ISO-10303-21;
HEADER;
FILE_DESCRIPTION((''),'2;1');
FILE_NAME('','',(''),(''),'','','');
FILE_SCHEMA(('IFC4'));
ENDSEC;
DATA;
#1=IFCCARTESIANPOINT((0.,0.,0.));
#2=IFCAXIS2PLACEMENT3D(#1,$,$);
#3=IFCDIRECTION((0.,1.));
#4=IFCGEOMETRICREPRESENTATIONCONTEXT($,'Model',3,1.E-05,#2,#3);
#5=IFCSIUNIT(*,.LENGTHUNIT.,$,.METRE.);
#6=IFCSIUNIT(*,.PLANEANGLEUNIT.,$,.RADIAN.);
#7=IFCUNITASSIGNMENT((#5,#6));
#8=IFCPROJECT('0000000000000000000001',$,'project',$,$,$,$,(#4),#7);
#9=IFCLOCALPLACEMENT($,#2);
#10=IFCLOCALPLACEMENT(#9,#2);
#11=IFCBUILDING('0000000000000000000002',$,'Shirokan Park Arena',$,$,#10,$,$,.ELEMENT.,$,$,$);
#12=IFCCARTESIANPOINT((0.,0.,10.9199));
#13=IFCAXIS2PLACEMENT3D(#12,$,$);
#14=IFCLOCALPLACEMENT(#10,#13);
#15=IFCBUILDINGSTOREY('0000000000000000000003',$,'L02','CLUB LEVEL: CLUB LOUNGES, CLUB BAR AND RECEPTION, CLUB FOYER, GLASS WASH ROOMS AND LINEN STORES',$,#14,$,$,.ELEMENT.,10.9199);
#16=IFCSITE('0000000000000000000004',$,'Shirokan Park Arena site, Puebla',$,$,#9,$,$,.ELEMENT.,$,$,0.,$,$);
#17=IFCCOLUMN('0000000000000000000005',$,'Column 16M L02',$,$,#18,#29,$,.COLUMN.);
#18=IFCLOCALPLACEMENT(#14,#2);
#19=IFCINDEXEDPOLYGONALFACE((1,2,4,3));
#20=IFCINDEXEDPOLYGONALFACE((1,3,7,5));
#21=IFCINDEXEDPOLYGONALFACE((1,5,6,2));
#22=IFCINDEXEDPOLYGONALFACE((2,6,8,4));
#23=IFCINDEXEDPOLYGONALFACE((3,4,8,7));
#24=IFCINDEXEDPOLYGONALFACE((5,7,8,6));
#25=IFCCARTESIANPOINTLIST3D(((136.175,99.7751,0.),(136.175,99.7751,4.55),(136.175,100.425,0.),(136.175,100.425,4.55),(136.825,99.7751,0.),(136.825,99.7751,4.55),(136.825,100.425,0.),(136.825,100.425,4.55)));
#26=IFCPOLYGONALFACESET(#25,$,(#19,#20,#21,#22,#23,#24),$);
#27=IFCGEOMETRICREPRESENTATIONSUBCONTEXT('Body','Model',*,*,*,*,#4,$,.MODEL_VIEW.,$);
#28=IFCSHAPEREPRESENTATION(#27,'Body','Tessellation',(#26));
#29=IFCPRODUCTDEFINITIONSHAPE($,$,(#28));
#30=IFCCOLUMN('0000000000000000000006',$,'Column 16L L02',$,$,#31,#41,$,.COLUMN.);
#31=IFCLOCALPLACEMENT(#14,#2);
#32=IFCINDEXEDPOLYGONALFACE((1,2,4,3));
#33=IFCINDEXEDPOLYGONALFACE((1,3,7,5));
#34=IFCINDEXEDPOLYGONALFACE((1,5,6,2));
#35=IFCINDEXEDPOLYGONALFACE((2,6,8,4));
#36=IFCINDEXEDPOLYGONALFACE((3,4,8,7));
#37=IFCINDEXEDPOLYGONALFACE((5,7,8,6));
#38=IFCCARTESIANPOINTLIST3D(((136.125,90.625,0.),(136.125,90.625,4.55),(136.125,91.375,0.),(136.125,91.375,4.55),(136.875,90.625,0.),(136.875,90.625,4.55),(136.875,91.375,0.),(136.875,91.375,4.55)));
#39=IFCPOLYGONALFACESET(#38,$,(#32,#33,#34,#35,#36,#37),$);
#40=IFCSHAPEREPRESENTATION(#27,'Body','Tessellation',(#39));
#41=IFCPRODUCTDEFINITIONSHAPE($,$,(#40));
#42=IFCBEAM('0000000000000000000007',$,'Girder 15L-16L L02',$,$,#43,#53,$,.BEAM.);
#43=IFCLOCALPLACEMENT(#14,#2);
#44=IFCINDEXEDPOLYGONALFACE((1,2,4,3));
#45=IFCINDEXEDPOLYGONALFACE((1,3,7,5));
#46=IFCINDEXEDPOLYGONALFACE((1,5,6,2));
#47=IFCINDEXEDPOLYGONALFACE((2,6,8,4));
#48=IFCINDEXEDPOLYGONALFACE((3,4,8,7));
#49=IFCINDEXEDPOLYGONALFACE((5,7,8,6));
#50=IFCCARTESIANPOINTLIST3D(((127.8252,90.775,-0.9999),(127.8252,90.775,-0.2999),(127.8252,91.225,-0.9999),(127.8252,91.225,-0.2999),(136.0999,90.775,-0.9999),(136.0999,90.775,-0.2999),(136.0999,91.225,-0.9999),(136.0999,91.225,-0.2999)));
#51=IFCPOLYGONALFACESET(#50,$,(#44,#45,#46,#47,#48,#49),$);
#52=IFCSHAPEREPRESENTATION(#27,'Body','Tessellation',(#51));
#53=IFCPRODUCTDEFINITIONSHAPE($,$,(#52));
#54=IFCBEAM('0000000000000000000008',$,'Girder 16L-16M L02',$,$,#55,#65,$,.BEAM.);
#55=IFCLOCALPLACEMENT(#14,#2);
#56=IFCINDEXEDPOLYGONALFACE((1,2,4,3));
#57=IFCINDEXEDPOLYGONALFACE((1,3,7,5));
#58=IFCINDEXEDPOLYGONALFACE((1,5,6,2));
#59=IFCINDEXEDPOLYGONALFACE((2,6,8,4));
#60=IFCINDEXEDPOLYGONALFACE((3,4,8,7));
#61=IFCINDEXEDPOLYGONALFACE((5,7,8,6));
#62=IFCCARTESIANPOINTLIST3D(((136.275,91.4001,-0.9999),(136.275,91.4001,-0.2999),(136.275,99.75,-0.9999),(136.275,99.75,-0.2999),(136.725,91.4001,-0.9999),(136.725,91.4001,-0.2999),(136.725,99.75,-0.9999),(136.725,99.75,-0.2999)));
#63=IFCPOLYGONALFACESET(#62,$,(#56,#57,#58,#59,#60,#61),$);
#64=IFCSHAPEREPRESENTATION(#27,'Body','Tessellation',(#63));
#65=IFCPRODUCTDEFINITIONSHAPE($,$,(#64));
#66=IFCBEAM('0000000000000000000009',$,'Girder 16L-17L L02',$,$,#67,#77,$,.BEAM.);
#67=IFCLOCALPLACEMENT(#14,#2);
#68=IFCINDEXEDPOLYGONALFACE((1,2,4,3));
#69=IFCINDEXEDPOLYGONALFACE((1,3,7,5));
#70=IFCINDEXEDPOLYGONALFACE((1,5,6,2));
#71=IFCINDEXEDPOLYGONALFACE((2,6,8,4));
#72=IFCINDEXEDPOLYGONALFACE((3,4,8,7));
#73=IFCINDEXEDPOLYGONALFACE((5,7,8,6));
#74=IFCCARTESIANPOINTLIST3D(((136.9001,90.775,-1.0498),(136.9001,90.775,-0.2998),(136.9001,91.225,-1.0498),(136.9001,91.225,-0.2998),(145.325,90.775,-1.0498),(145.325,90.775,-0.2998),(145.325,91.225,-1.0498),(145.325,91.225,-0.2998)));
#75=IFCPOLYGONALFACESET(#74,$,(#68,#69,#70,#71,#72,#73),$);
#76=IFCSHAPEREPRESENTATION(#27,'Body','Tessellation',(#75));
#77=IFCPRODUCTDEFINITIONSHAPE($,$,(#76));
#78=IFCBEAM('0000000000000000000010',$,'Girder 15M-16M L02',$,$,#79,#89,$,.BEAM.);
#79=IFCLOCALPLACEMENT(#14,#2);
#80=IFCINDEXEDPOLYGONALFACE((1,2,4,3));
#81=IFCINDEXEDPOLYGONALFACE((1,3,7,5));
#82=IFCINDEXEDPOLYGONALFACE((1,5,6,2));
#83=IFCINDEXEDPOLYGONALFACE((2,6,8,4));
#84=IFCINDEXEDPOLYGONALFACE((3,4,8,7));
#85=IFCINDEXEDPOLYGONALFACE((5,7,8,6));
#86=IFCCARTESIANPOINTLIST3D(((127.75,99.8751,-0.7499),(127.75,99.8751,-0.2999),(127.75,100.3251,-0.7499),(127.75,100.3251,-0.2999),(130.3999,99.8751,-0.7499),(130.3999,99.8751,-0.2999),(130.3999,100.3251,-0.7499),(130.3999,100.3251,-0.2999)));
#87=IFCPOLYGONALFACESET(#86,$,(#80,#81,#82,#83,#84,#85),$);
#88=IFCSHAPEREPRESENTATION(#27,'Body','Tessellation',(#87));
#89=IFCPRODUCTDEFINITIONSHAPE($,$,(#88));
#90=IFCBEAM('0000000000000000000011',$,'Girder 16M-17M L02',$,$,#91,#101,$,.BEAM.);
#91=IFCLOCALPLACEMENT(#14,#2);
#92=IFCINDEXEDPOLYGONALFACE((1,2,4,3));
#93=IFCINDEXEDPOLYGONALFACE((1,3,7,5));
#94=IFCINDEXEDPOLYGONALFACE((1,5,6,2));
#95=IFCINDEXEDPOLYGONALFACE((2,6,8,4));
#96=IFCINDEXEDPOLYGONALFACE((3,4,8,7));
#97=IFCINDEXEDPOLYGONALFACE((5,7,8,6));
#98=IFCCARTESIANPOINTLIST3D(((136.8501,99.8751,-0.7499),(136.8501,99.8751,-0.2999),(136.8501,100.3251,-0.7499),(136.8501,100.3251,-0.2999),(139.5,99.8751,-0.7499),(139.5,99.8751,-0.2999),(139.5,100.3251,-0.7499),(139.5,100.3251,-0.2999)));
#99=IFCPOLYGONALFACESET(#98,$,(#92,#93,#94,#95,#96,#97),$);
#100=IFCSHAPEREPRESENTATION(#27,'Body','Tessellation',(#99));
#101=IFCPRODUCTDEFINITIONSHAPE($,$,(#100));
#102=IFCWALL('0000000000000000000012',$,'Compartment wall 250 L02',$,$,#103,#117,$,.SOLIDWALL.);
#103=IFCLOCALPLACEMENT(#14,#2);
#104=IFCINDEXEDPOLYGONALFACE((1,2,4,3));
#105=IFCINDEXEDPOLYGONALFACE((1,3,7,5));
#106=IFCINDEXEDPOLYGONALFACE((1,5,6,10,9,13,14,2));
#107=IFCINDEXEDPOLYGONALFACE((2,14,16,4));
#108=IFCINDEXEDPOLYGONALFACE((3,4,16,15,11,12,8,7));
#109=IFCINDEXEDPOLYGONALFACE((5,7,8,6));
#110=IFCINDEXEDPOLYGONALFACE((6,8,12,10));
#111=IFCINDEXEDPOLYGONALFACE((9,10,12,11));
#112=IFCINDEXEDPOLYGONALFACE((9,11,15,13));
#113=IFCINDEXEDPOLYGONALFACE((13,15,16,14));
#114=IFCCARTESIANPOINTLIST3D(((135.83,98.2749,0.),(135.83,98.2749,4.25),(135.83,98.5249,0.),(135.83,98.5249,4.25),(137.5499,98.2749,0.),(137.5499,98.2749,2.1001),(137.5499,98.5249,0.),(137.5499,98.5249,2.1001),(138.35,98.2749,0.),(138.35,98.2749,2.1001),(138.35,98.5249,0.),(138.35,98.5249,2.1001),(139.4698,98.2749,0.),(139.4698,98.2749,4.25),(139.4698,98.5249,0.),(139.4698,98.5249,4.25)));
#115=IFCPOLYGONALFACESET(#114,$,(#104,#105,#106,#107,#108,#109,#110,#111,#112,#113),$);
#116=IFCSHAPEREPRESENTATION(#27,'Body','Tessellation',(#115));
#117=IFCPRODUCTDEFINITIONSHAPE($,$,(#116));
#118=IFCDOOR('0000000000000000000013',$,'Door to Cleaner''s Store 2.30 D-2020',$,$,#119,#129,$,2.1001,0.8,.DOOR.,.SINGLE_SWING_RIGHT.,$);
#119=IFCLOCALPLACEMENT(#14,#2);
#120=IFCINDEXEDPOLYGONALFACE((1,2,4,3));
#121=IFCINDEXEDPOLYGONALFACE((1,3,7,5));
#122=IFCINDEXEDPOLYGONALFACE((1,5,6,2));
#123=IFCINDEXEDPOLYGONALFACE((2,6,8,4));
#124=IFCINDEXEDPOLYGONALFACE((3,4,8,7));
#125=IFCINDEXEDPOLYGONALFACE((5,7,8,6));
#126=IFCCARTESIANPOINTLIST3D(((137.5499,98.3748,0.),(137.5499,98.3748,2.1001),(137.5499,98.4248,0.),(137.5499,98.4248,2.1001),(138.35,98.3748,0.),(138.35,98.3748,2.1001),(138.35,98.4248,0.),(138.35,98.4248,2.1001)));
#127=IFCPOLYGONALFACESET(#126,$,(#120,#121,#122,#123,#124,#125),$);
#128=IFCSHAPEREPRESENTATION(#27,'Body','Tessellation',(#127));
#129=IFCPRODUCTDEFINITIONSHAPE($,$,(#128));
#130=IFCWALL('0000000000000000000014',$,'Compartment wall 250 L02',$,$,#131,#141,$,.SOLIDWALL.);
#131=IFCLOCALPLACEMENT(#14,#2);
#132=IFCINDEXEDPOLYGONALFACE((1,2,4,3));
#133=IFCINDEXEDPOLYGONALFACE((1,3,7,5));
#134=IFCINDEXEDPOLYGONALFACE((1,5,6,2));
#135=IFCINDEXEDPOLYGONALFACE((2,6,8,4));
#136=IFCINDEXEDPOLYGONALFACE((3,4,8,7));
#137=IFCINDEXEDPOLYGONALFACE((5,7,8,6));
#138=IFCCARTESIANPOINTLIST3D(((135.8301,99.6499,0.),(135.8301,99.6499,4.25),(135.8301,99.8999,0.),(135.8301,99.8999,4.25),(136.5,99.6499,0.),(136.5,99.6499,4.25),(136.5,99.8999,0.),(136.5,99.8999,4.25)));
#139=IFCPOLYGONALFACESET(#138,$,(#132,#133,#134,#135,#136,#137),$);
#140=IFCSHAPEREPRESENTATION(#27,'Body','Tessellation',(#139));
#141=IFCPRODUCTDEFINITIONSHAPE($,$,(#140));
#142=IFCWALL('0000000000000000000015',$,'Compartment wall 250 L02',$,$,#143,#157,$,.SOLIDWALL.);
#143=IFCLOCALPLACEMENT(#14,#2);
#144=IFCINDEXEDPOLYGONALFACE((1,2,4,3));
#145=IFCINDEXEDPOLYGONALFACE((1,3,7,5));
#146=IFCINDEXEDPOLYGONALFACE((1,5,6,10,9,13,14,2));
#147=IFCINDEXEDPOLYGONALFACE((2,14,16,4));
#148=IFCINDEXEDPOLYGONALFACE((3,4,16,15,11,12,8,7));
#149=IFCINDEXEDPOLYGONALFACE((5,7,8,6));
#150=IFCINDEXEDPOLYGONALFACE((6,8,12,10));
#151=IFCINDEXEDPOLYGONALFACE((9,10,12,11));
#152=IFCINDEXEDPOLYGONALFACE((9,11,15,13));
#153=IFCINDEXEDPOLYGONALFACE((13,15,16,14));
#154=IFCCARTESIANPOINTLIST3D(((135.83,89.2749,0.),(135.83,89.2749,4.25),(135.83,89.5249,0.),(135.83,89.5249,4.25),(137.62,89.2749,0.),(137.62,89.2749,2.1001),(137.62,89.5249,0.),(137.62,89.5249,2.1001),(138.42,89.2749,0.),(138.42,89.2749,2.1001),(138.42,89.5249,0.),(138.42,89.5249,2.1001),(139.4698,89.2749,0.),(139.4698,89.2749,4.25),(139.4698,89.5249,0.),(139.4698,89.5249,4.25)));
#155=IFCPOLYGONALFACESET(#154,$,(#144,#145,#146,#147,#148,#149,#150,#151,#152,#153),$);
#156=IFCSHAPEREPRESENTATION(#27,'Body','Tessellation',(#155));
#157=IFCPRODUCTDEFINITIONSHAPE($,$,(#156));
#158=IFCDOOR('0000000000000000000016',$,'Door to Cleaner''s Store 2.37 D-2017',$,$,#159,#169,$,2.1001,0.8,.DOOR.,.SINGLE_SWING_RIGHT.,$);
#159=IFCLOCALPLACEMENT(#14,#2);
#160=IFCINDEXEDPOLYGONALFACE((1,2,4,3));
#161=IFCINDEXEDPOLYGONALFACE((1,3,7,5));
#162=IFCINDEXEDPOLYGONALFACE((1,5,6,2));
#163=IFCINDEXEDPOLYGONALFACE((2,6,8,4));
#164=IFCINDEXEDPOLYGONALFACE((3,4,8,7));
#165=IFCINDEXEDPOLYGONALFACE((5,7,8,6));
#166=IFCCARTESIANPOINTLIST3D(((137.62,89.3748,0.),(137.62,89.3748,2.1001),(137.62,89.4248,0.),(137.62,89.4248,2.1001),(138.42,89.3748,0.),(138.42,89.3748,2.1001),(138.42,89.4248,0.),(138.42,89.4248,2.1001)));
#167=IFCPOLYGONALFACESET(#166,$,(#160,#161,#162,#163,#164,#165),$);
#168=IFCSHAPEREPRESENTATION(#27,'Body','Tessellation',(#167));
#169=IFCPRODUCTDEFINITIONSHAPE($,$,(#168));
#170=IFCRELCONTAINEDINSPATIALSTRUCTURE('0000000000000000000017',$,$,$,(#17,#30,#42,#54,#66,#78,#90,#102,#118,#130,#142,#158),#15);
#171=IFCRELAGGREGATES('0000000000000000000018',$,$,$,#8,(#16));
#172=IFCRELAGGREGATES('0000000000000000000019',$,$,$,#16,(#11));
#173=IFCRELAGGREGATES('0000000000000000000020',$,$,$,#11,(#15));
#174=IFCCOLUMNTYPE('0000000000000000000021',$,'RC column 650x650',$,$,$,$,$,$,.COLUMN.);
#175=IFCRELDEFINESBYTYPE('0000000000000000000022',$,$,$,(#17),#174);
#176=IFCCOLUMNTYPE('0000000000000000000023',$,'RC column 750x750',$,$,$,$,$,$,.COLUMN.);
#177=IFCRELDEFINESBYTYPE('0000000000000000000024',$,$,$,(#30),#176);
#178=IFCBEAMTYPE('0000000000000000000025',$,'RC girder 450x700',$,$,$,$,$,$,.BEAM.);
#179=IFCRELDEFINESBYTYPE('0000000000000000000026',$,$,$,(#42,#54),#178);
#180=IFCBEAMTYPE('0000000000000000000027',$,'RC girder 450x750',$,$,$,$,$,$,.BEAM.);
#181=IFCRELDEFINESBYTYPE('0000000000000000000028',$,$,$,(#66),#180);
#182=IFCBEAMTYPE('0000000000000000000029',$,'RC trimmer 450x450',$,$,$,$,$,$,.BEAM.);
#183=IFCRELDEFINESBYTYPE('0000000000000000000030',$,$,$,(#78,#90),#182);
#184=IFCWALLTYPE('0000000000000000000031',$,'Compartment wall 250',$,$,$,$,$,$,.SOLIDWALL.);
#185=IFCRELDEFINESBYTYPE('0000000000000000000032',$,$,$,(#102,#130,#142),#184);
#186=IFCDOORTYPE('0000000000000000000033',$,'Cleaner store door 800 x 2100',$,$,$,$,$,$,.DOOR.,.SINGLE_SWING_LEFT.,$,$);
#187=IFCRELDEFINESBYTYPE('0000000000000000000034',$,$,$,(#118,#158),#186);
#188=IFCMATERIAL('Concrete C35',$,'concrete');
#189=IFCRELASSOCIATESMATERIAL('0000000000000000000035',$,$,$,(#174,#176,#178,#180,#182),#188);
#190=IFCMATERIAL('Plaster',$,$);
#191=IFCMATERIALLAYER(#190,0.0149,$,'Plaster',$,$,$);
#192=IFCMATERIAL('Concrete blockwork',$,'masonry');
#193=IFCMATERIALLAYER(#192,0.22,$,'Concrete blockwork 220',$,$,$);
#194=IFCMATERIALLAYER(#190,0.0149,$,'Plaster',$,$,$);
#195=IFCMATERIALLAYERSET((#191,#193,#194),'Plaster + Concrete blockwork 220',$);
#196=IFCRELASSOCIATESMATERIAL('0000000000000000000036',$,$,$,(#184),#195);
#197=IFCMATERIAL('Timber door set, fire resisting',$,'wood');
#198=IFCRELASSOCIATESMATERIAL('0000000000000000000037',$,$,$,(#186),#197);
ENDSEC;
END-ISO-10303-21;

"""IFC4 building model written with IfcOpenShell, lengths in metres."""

from ifc_helpers import new_model, si_unit, direction, frame, frame_2d, origin, origin_2d, place, context, subcontext, project, spatial, rectangle, extrude, material, layer, layer_set, material_profile, profile_set, type_object, element, fill, save


model = new_model("IFC4")

# Units and contexts
model_context = context("Model", 3, precision=1e-05, world=origin(), true_north=direction((0.0, 1.0)))
body_context = subcontext(model_context, "Body", "Model", "MODEL_VIEW")
ifc_project = project(units=[si_unit("LENGTHUNIT", "METRE"), si_unit("PLANEANGLEUNIT", "RADIAN")], contexts=[model_context])

# Site, building, storey
site_placement = place(None, origin())
site = spatial("IfcSite", under=ifc_project, at=site_placement, Name="Shirokan Park Arena site, Puebla", CompositionType="ELEMENT", RefElevation=0.0)
building_placement = place(site_placement, origin())
building = spatial("IfcBuilding", under=site, at=building_placement, Name="Shirokan Park Arena", CompositionType="ELEMENT")
storey_placement = place(building_placement, frame((0.0, 0.0, 10.9199)))
storey = spatial("IfcBuildingStorey", under=building, at=storey_placement, Name="L02", Description="CLUB LEVEL: CLUB LOUNGES, CLUB BAR AND RECEPTION, CLUB FOYER, GLASS WASH ROOMS AND LINEN STORES", CompositionType="ELEMENT", Elevation=10.9199)

# Columns
ifc_material_1 = material(Name="Concrete C35", Category="concrete")
ifc_material_profile_1 = material_profile(ifc_material_1, rectangle(XDim=0.6499, YDim=0.6499, at=origin_2d()), Name="650x650")
ifc_profile_set_1 = profile_set([ifc_material_profile_1], Name="Concrete C35")
column_type_1 = type_object("IfcColumnType", Name="RC column 650x650", PredefinedType="COLUMN", material=ifc_profile_set_1)
column_1_placement = place(storey_placement, frame((136.5, 100.1001, 0.0), z_axis=(0.0, 0.0, 1.0), x_axis=(1.0, 0.0, 0.0)))
element("IfcColumn", 1, at=column_1_placement, inside=storey, type_object=column_type_1, Name="Column 16M L02", PredefinedType="COLUMN", context=body_context, shape_type="SweptSolid", body=[
    extrude(rectangle(XDim=0.6499, YDim=0.6499, at=origin_2d()), origin(), (0.0, 0.0, 1.0), 4.55),
])
ifc_material_profile_2 = material_profile(ifc_material_1, rectangle(XDim=0.75, YDim=0.75, at=origin_2d()), Name="750x750")
ifc_profile_set_2 = profile_set([ifc_material_profile_2], Name="Concrete C35")
column_type_2 = type_object("IfcColumnType", Name="RC column 750x750", PredefinedType="COLUMN", material=ifc_profile_set_2)
column_2_placement = place(storey_placement, frame((136.5, 91.0, 0.0), z_axis=(0.0, 0.0, 1.0), x_axis=(1.0, 0.0, 0.0)))
element("IfcColumn", 2, at=column_2_placement, inside=storey, type_object=column_type_2, Name="Column 16L L02", PredefinedType="COLUMN", context=body_context, shape_type="SweptSolid", body=[
    extrude(rectangle(XDim=0.75, YDim=0.75, at=origin_2d()), origin(), (0.0, 0.0, 1.0), 4.55),
])

# Beams
ifc_material_profile_3 = material_profile(ifc_material_1, rectangle(XDim=0.45, YDim=0.7, at=origin_2d()), Name="450x700")
ifc_profile_set_3 = profile_set([ifc_material_profile_3], Name="Concrete C35")
beam_type_1 = type_object("IfcBeamType", Name="RC girder 450x700", PredefinedType="BEAM", material=ifc_profile_set_3)
beam_1_placement = place(storey_placement, frame((127.8252, 91.0, -0.6499), z_axis=(1.0, 0.0, 0.0), x_axis=(0.0, 1.0, 0.0)))
element("IfcBeam", 3, at=beam_1_placement, inside=storey, type_object=beam_type_1, Name="Girder 15L-16L L02", PredefinedType="BEAM", context=body_context, shape_type="SweptSolid", body=[
    extrude(rectangle(XDim=0.45, YDim=0.7, at=origin_2d()), origin(), (0.0, 0.0, 1.0), 8.2747),
])
beam_2_placement = place(storey_placement, frame((136.5, 91.4001, -0.6499), z_axis=(0.0, 1.0, 0.0), x_axis=(-1.0, 0.0, 0.0)))
element("IfcBeam", 4, at=beam_2_placement, inside=storey, type_object=beam_type_1, Name="Girder 16L-16M L02", PredefinedType="BEAM", context=body_context, shape_type="SweptSolid", body=[
    extrude(rectangle(XDim=0.45, YDim=0.7, at=origin_2d()), origin(), (0.0, 0.0, 1.0), 8.3499),
])
ifc_material_profile_4 = material_profile(ifc_material_1, rectangle(XDim=0.45, YDim=0.75, at=origin_2d()), Name="450x750")
ifc_profile_set_4 = profile_set([ifc_material_profile_4], Name="Concrete C35")
beam_type_2 = type_object("IfcBeamType", Name="RC girder 450x750", PredefinedType="BEAM", material=ifc_profile_set_4)
beam_3_placement = place(storey_placement, frame((136.9001, 91.0, -0.6748), z_axis=(1.0, 0.0, 0.0), x_axis=(0.0, 1.0, 0.0)))
element("IfcBeam", 5, at=beam_3_placement, inside=storey, type_object=beam_type_2, Name="Girder 16L-17L L02", PredefinedType="BEAM", context=body_context, shape_type="SweptSolid", body=[
    extrude(rectangle(XDim=0.45, YDim=0.75, at=origin_2d()), origin(), (0.0, 0.0, 1.0), 8.4248),
])
ifc_material_profile_5 = material_profile(ifc_material_1, rectangle(XDim=0.45, YDim=0.45, at=origin_2d()), Name="450x450")
ifc_profile_set_5 = profile_set([ifc_material_profile_5], Name="Concrete C35")
beam_type_3 = type_object("IfcBeamType", Name="RC trimmer 450x450", PredefinedType="BEAM", material=ifc_profile_set_5)
for number, where, z_axis, x_axis, name in (
    (6, (127.75, 100.1001, -0.5249), (1.0, 0.0, 0.0), (0.0, 1.0, 0.0), "Girder 15M-16M L02"),
    (7, (136.8501, 100.1001, -0.5249), (1.0, 0.0, 0.0), (0.0, 1.0, 0.0), "Girder 16M-17M L02"),
):
    element("IfcBeam", number, at=place(storey_placement, frame(where, z_axis=z_axis, x_axis=x_axis)), inside=storey, type_object=beam_type_3, Name=name, PredefinedType="BEAM", context=body_context, shape_type="SweptSolid", body=[
        extrude(rectangle(XDim=0.45, YDim=0.45, at=origin_2d()), origin(), (0.0, 0.0, 1.0), 2.6499),
    ])

# Wall, opening, door
ifc_material_2 = material(Name="Plaster")
ifc_layer_1 = layer(ifc_material_2, 0.0149, Name="Plaster")
ifc_material_3 = material(Name="Concrete blockwork", Category="masonry")
ifc_layer_2 = layer(ifc_material_3, 0.22, Name="Concrete blockwork 220")
ifc_layer_3 = layer(ifc_material_2, 0.0149, Name="Plaster")
ifc_layer_set_1 = layer_set([ifc_layer_1, ifc_layer_2, ifc_layer_3], Name="Plaster + Concrete blockwork 220")
wall_type_1 = type_object("IfcWallType", Name="Compartment wall 250", PredefinedType="SOLIDWALL", material=ifc_layer_set_1)
wall_1_placement = place(storey_placement, frame((135.8301, 98.3999, 0.0), z_axis=(0.0, 0.0, 1.0), x_axis=(1.0, 0.0, 0.0)))
wall_1 = element("IfcWall", 8, at=wall_1_placement, inside=storey, type_object=wall_type_1, Name="Compartment wall 250 L02", PredefinedType="SOLIDWALL", context=body_context, shape_type="SweptSolid", body=[
    extrude(rectangle(XDim=3.6399, YDim=0.25, at=frame_2d((1.8198, 0.0))), origin(), (0.0, 0.0, 1.0), 4.25),
])
opening_1_placement = place(wall_1_placement, frame((1.72, 0.0, 0.0)))
opening_1 = element("IfcOpeningElement", 9, at=opening_1_placement, cuts=wall_1, PredefinedType="OPENING", context=body_context, shape_type="SweptSolid", body=[
    extrude(rectangle(XDim=0.8, YDim=2.1001, at=frame_2d((0.3999, 1.05))), frame((0.0, 0.135, 0.0), z_axis=(0.0, -1.0, 0.0), x_axis=(1.0, 0.0, 0.0)), (0.0, 0.0, 1.0), 0.27),
])
ifc_material_4 = material(Name="Timber door set, fire resisting", Category="wood")
door_type_1 = type_object("IfcDoorType", Name="Cleaner store door 800 x 2100", OperationType="SINGLE_SWING_LEFT", PredefinedType="DOOR", material=ifc_material_4)
door_1_placement = place(opening_1_placement, origin())
door_1 = element("IfcDoor", 10, at=door_1_placement, inside=storey, type_object=door_type_1, Name="Door to Cleaner's Store 2.30 D-2020", OperationType="SINGLE_SWING_RIGHT", OverallHeight=2.1001, OverallWidth=0.8, PredefinedType="DOOR", context=body_context, shape_type="SweptSolid", body=[
    extrude(rectangle(XDim=0.8, YDim=2.1001, at=frame_2d((0.3999, 1.05))), frame((0.0, 0.0249, 0.0), z_axis=(0.0, -1.0, 0.0), x_axis=(1.0, 0.0, 0.0)), (0.0, 0.0, 1.0), 0.05),
])
fill(opening_1, door_1)

# Wall
wall_2_placement = place(storey_placement, frame((135.8301, 99.7749, 0.0), z_axis=(0.0, 0.0, 1.0), x_axis=(1.0, 0.0, 0.0)))
element("IfcWall", 11, at=wall_2_placement, inside=storey, type_object=wall_type_1, Name="Compartment wall 250 L02", PredefinedType="SOLIDWALL", context=body_context, shape_type="SweptSolid", body=[
    extrude(rectangle(XDim=0.6699, YDim=0.25, at=frame_2d((0.335, 0.0))), origin(), (0.0, 0.0, 1.0), 4.25),
])

# Wall, opening, door
wall_3_placement = place(storey_placement, frame((135.8301, 89.3999, 0.0), z_axis=(0.0, 0.0, 1.0), x_axis=(1.0, 0.0, 0.0)))
wall_3 = element("IfcWall", 12, at=wall_3_placement, inside=storey, type_object=wall_type_1, Name="Compartment wall 250 L02", PredefinedType="SOLIDWALL", context=body_context, shape_type="SweptSolid", body=[
    extrude(rectangle(XDim=3.6399, YDim=0.25, at=frame_2d((1.8198, 0.0))), origin(), (0.0, 0.0, 1.0), 4.25),
])
opening_2_placement = place(wall_3_placement, frame((1.79, 0.0, 0.0)))
opening_2 = element("IfcOpeningElement", 13, at=opening_2_placement, cuts=wall_3, PredefinedType="OPENING", context=body_context, shape_type="SweptSolid", body=[
    extrude(rectangle(XDim=0.8, YDim=2.1001, at=frame_2d((0.3999, 1.05))), frame((0.0, 0.135, 0.0), z_axis=(0.0, -1.0, 0.0), x_axis=(1.0, 0.0, 0.0)), (0.0, 0.0, 1.0), 0.27),
])
door_2_placement = place(opening_2_placement, origin())
door_2 = element("IfcDoor", 14, at=door_2_placement, inside=storey, type_object=door_type_1, Name="Door to Cleaner's Store 2.37 D-2017", OperationType="SINGLE_SWING_RIGHT", OverallHeight=2.1001, OverallWidth=0.8, PredefinedType="DOOR", context=body_context, shape_type="SweptSolid", body=[
    extrude(rectangle(XDim=0.8, YDim=2.1001, at=frame_2d((0.3999, 1.05))), frame((0.0, 0.0249, 0.0), z_axis=(0.0, -1.0, 0.0), x_axis=(1.0, 0.0, 0.0)), (0.0, 0.0, 1.0), 0.05),
])
fill(opening_2, door_2)

save(model, "model.ifc")
